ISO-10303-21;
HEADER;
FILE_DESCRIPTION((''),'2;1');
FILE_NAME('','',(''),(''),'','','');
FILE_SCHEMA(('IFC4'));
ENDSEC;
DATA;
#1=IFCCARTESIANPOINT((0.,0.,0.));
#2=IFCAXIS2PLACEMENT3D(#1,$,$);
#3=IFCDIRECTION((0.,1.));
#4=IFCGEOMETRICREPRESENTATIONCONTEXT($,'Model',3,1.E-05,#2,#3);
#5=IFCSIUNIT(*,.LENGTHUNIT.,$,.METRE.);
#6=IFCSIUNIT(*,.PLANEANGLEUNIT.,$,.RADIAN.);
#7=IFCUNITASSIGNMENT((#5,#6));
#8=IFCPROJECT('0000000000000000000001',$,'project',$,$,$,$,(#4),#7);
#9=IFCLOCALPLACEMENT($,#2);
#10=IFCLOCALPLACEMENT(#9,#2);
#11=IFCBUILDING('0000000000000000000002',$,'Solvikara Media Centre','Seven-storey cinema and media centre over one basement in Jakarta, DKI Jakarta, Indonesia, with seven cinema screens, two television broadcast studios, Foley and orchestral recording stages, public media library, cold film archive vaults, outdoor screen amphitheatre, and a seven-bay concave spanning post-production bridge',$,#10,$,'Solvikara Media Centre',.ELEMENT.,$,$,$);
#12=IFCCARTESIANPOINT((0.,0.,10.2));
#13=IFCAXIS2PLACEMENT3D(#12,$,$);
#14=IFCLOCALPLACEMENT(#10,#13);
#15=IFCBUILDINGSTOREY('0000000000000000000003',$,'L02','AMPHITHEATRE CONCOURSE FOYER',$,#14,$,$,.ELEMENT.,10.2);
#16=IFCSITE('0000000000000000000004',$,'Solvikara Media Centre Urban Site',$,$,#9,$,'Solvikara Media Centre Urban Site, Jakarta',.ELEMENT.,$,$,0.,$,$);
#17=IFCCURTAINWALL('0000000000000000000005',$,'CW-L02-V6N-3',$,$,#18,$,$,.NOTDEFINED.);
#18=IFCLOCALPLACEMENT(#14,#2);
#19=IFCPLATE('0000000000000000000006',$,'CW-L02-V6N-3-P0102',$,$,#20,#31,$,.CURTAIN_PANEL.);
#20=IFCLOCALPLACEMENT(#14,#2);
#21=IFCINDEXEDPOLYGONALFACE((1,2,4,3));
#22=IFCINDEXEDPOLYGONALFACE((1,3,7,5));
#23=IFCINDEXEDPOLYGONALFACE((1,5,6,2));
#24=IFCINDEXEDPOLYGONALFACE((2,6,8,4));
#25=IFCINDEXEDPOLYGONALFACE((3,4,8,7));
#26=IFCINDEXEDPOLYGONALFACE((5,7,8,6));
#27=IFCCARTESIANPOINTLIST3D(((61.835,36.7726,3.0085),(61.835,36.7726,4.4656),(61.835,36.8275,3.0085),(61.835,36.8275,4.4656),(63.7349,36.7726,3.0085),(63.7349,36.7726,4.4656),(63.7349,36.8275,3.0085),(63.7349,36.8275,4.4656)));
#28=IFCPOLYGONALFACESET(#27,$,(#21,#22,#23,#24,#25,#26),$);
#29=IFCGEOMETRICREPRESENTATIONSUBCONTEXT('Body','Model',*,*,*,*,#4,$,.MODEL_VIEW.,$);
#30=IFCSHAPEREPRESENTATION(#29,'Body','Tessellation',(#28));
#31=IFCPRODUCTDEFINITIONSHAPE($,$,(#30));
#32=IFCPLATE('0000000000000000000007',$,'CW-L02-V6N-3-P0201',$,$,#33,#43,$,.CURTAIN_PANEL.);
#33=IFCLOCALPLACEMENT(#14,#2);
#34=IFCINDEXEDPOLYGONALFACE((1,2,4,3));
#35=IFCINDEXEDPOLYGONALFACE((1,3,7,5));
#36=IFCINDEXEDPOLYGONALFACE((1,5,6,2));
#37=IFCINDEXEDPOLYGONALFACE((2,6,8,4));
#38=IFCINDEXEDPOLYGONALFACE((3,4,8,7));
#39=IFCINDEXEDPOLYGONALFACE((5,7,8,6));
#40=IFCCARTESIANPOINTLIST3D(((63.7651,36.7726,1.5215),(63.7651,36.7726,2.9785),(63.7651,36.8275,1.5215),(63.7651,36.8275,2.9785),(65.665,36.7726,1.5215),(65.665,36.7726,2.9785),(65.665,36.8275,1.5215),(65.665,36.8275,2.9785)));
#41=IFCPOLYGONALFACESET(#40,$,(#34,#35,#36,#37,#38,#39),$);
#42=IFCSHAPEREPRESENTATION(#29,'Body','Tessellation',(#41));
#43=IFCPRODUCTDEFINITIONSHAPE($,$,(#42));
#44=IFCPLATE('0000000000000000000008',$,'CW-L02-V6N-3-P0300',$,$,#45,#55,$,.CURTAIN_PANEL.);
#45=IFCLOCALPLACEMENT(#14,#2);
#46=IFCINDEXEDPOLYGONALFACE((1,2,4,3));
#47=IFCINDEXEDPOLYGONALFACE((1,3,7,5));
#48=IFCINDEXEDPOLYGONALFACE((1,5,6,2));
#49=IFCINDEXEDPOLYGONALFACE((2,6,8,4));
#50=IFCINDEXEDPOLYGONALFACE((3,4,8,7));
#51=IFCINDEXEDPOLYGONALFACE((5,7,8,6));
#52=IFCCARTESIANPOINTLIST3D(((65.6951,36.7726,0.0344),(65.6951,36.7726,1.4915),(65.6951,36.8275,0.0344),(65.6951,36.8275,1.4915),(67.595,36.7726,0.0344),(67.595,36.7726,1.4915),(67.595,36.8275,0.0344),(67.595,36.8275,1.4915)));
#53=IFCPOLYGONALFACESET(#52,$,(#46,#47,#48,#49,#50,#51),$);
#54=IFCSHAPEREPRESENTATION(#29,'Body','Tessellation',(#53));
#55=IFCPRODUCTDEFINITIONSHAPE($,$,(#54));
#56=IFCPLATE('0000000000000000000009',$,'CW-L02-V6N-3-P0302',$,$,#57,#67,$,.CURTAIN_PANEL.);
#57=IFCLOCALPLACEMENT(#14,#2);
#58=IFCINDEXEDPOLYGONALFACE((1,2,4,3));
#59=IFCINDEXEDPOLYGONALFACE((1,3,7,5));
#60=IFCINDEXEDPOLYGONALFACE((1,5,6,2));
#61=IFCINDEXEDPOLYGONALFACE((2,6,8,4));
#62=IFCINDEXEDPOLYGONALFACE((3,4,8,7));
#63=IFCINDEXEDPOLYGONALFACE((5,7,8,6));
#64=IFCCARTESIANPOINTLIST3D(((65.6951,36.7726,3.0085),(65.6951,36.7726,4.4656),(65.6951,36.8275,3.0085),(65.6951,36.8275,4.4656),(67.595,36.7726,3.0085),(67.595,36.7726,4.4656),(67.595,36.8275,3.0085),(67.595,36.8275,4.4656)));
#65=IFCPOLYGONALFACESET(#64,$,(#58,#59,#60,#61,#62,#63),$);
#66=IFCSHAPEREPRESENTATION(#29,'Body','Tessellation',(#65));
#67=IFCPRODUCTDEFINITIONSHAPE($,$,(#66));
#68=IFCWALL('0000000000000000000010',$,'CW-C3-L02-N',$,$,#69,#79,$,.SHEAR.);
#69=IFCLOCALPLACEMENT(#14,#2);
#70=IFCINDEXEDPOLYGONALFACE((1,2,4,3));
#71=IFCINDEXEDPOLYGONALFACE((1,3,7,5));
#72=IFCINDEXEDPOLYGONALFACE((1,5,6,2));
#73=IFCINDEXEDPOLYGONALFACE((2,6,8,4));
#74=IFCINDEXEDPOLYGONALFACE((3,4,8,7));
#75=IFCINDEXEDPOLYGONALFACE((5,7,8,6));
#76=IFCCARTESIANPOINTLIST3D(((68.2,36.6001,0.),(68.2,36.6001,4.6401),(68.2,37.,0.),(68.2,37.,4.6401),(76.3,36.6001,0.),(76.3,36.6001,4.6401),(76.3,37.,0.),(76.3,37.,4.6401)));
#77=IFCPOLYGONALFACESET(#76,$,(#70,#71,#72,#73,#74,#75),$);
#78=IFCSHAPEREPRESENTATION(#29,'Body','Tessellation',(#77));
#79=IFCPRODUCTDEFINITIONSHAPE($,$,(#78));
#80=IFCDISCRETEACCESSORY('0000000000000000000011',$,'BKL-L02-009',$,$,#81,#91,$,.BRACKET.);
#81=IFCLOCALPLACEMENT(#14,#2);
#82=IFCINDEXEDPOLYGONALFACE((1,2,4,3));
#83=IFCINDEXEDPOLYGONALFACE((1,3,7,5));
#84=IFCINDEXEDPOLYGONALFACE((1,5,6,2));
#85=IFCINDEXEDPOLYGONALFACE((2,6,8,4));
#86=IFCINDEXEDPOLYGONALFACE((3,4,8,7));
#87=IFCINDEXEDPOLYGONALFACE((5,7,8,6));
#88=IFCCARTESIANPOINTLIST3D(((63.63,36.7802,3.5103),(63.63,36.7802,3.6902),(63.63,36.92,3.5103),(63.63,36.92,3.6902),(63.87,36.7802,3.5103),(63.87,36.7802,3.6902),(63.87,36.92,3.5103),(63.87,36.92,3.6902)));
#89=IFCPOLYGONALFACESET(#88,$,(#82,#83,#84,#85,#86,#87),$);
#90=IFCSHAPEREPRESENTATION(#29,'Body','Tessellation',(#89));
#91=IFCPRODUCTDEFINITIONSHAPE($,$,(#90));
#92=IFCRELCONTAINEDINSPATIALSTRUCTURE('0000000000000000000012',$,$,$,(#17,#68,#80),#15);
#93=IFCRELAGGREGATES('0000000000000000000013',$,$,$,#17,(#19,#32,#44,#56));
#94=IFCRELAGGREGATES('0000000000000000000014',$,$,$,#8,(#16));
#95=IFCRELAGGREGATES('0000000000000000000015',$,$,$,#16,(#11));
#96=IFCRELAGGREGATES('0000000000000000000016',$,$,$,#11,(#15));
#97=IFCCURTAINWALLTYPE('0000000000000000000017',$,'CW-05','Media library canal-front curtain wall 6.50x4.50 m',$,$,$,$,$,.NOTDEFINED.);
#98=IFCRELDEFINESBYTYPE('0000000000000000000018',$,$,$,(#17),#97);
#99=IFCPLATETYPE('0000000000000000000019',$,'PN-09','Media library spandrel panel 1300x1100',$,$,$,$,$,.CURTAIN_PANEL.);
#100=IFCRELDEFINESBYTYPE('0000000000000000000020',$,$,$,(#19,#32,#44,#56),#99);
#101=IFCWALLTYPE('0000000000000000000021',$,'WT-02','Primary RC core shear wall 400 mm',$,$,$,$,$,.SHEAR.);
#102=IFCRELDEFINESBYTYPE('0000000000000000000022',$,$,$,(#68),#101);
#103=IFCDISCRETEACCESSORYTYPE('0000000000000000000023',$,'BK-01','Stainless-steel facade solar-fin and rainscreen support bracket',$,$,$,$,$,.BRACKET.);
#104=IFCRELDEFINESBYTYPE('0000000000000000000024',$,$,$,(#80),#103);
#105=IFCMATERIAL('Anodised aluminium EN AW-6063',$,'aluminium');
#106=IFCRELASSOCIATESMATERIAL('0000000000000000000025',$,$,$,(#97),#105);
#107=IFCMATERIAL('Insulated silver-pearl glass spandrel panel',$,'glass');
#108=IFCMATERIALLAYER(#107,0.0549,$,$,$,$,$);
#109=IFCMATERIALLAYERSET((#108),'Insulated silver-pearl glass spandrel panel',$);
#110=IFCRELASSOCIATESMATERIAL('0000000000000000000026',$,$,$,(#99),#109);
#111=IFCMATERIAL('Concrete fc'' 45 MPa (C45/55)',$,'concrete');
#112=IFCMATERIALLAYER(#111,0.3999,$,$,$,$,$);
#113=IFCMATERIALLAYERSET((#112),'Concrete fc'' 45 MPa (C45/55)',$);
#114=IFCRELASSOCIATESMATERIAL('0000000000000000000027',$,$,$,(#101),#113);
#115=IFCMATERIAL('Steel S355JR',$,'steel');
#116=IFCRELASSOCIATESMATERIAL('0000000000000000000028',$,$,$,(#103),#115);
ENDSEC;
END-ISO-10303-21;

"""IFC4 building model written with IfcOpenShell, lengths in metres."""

from ifc_helpers import new_model, si_unit, direction, frame, frame_2d, origin, origin_2d, place, context, subcontext, project, spatial, rectangle, extrude, material, layer, layer_set, type_object, element, aggregate, save


model = new_model("IFC4")

# Units and contexts
model_context = context("Model", 3, precision=1e-05, world=origin(), true_north=direction((0.0, 1.0)))
body_context = subcontext(model_context, "Body", "Model", "MODEL_VIEW")
ifc_project = project(units=[si_unit("LENGTHUNIT", "METRE"), si_unit("PLANEANGLEUNIT", "RADIAN")], contexts=[model_context])

# Site, building, storey
site_placement = place(None, origin())
site = spatial("IfcSite", under=ifc_project, at=site_placement, Name="Solvikara Media Centre Urban Site", LongName="Solvikara Media Centre Urban Site, Jakarta", CompositionType="ELEMENT", RefElevation=0.0)
building_placement = place(site_placement, origin())
building = spatial("IfcBuilding", under=site, at=building_placement, Name="Solvikara Media Centre", Description="Seven-storey cinema and media centre over one basement in Jakarta, DKI Jakarta, Indonesia, with seven cinema screens, two television broadcast studios, Foley and orchestral recording stages, public media library, cold film archive vaults, outdoor screen amphitheatre, and a seven-bay concave spanning post-production bridge", LongName="Solvikara Media Centre", CompositionType="ELEMENT")
storey_placement = place(building_placement, frame((0.0, 0.0, 10.2)))
storey = spatial("IfcBuildingStorey", under=building, at=storey_placement, Name="L02", Description="AMPHITHEATRE CONCOURSE FOYER", CompositionType="ELEMENT", Elevation=10.2)

# Shared definitions
ifc_material_1 = material(Name="Concrete fc' 45 MPa (C45/55)", Category="concrete")

# Shared definitions
ifc_material_2 = material(Name="Steel S355JR", Category="steel")

# Curtain wall
ifc_material_3 = material(Name="Anodised aluminium EN AW-6063", Category="aluminium")
curtain_wall_type = type_object("IfcCurtainWallType", Name="CW-05", Description="Media library canal-front curtain wall 6.50x4.50 m", PredefinedType="NOTDEFINED", material=ifc_material_3)
curtain_wall_placement = place(storey_placement, origin())
curtain_wall = element("IfcCurtainWall", 1, at=curtain_wall_placement, inside=storey, type_object=curtain_wall_type, Name="CW-L02-V6N-3", PredefinedType="NOTDEFINED")

# Plates
ifc_material_4 = material(Name="Insulated silver-pearl glass spandrel panel", Category="glass")
ifc_layer_1 = layer(ifc_material_4, 0.0549)
ifc_layer_set_1 = layer_set([ifc_layer_1], Name="Insulated silver-pearl glass spandrel panel")
plate_type_1 = type_object("IfcPlateType", Name="PN-09", Description="Media library spandrel panel 1300x1100", PredefinedType="CURTAIN_PANEL", material=ifc_layer_set_1)
plate_1_placement = place(storey_placement, frame((62.7849, 36.8, 3.0085), z_axis=(0.0, 0.0, 1.0), x_axis=(1.0, 0.0, 0.0)))
plate_1 = element("IfcPlate", 2, at=plate_1_placement, type_object=plate_type_1, Name="CW-L02-V6N-3-P0102", PredefinedType="CURTAIN_PANEL", context=body_context, shape_type="SweptSolid", body=[
    extrude(rectangle(XDim=1.8999, YDim=0.0549, at=origin_2d()), origin(), (0.0, 0.0, 1.0), 1.457),
])
plate_2_placement = place(storey_placement, frame((64.7151, 36.8, 1.5215), z_axis=(0.0, 0.0, 1.0), x_axis=(1.0, 0.0, 0.0)))
plate_2 = element("IfcPlate", 3, at=plate_2_placement, type_object=plate_type_1, Name="CW-L02-V6N-3-P0201", PredefinedType="CURTAIN_PANEL", context=body_context, shape_type="SweptSolid", body=[
    extrude(rectangle(XDim=1.8999, YDim=0.0549, at=origin_2d()), origin(), (0.0, 0.0, 1.0), 1.457),
])
plate_3_placement = place(storey_placement, frame((66.645, 36.8, 0.0344), z_axis=(0.0, 0.0, 1.0), x_axis=(1.0, 0.0, 0.0)))
plate_3 = element("IfcPlate", 4, at=plate_3_placement, type_object=plate_type_1, Name="CW-L02-V6N-3-P0300", PredefinedType="CURTAIN_PANEL", context=body_context, shape_type="SweptSolid", body=[
    extrude(rectangle(XDim=1.8999, YDim=0.0549, at=origin_2d()), origin(), (0.0, 0.0, 1.0), 1.457),
])
plate_4_placement = place(storey_placement, frame((66.645, 36.8, 3.0085), z_axis=(0.0, 0.0, 1.0), x_axis=(1.0, 0.0, 0.0)))
plate_4 = element("IfcPlate", 5, at=plate_4_placement, type_object=plate_type_1, Name="CW-L02-V6N-3-P0302", PredefinedType="CURTAIN_PANEL", context=body_context, shape_type="SweptSolid", body=[
    extrude(rectangle(XDim=1.8999, YDim=0.0549, at=origin_2d()), origin(), (0.0, 0.0, 1.0), 1.457),
])
aggregate(curtain_wall, [plate_1, plate_2, plate_3, plate_4])

# Wall
ifc_layer_2 = layer(ifc_material_1, 0.3999)
ifc_layer_set_2 = layer_set([ifc_layer_2], Name="Concrete fc' 45 MPa (C45/55)")
wall_type = type_object("IfcWallType", Name="WT-02", Description="Primary RC core shear wall 400 mm", PredefinedType="SHEAR", material=ifc_layer_set_2)
wall_placement = place(storey_placement, frame((68.2, 36.8, 0.0), z_axis=(0.0, 0.0, 1.0), x_axis=(1.0, 0.0, 0.0)))
element("IfcWall", 6, at=wall_placement, inside=storey, type_object=wall_type, Name="CW-C3-L02-N", PredefinedType="SHEAR", context=body_context, shape_type="SweptSolid", body=[
    extrude(rectangle(XDim=8.1001, YDim=0.3999, at=frame_2d((4.05, 0.0))), origin(), (0.0, 0.0, 1.0), 4.6401),
])

# Discrete accessory
discrete_accessory_type = type_object("IfcDiscreteAccessoryType", Name="BK-01", Description="Stainless-steel facade solar-fin and rainscreen support bracket", PredefinedType="BRACKET", material=ifc_material_2)
discrete_accessory_placement = place(storey_placement, frame((63.75, 36.8501, 3.5103), z_axis=(0.0, 0.0, 1.0), x_axis=(1.0, 0.0, 0.0)))
element("IfcDiscreteAccessory", 7, at=discrete_accessory_placement, inside=storey, type_object=discrete_accessory_type, Name="BKL-L02-009", PredefinedType="BRACKET", context=body_context, shape_type="SweptSolid", body=[
    extrude(rectangle(XDim=0.24, YDim=0.1399, at=origin_2d()), origin(), (0.0, 0.0, 1.0), 0.1799),
])

save(model, "model.ifc")
